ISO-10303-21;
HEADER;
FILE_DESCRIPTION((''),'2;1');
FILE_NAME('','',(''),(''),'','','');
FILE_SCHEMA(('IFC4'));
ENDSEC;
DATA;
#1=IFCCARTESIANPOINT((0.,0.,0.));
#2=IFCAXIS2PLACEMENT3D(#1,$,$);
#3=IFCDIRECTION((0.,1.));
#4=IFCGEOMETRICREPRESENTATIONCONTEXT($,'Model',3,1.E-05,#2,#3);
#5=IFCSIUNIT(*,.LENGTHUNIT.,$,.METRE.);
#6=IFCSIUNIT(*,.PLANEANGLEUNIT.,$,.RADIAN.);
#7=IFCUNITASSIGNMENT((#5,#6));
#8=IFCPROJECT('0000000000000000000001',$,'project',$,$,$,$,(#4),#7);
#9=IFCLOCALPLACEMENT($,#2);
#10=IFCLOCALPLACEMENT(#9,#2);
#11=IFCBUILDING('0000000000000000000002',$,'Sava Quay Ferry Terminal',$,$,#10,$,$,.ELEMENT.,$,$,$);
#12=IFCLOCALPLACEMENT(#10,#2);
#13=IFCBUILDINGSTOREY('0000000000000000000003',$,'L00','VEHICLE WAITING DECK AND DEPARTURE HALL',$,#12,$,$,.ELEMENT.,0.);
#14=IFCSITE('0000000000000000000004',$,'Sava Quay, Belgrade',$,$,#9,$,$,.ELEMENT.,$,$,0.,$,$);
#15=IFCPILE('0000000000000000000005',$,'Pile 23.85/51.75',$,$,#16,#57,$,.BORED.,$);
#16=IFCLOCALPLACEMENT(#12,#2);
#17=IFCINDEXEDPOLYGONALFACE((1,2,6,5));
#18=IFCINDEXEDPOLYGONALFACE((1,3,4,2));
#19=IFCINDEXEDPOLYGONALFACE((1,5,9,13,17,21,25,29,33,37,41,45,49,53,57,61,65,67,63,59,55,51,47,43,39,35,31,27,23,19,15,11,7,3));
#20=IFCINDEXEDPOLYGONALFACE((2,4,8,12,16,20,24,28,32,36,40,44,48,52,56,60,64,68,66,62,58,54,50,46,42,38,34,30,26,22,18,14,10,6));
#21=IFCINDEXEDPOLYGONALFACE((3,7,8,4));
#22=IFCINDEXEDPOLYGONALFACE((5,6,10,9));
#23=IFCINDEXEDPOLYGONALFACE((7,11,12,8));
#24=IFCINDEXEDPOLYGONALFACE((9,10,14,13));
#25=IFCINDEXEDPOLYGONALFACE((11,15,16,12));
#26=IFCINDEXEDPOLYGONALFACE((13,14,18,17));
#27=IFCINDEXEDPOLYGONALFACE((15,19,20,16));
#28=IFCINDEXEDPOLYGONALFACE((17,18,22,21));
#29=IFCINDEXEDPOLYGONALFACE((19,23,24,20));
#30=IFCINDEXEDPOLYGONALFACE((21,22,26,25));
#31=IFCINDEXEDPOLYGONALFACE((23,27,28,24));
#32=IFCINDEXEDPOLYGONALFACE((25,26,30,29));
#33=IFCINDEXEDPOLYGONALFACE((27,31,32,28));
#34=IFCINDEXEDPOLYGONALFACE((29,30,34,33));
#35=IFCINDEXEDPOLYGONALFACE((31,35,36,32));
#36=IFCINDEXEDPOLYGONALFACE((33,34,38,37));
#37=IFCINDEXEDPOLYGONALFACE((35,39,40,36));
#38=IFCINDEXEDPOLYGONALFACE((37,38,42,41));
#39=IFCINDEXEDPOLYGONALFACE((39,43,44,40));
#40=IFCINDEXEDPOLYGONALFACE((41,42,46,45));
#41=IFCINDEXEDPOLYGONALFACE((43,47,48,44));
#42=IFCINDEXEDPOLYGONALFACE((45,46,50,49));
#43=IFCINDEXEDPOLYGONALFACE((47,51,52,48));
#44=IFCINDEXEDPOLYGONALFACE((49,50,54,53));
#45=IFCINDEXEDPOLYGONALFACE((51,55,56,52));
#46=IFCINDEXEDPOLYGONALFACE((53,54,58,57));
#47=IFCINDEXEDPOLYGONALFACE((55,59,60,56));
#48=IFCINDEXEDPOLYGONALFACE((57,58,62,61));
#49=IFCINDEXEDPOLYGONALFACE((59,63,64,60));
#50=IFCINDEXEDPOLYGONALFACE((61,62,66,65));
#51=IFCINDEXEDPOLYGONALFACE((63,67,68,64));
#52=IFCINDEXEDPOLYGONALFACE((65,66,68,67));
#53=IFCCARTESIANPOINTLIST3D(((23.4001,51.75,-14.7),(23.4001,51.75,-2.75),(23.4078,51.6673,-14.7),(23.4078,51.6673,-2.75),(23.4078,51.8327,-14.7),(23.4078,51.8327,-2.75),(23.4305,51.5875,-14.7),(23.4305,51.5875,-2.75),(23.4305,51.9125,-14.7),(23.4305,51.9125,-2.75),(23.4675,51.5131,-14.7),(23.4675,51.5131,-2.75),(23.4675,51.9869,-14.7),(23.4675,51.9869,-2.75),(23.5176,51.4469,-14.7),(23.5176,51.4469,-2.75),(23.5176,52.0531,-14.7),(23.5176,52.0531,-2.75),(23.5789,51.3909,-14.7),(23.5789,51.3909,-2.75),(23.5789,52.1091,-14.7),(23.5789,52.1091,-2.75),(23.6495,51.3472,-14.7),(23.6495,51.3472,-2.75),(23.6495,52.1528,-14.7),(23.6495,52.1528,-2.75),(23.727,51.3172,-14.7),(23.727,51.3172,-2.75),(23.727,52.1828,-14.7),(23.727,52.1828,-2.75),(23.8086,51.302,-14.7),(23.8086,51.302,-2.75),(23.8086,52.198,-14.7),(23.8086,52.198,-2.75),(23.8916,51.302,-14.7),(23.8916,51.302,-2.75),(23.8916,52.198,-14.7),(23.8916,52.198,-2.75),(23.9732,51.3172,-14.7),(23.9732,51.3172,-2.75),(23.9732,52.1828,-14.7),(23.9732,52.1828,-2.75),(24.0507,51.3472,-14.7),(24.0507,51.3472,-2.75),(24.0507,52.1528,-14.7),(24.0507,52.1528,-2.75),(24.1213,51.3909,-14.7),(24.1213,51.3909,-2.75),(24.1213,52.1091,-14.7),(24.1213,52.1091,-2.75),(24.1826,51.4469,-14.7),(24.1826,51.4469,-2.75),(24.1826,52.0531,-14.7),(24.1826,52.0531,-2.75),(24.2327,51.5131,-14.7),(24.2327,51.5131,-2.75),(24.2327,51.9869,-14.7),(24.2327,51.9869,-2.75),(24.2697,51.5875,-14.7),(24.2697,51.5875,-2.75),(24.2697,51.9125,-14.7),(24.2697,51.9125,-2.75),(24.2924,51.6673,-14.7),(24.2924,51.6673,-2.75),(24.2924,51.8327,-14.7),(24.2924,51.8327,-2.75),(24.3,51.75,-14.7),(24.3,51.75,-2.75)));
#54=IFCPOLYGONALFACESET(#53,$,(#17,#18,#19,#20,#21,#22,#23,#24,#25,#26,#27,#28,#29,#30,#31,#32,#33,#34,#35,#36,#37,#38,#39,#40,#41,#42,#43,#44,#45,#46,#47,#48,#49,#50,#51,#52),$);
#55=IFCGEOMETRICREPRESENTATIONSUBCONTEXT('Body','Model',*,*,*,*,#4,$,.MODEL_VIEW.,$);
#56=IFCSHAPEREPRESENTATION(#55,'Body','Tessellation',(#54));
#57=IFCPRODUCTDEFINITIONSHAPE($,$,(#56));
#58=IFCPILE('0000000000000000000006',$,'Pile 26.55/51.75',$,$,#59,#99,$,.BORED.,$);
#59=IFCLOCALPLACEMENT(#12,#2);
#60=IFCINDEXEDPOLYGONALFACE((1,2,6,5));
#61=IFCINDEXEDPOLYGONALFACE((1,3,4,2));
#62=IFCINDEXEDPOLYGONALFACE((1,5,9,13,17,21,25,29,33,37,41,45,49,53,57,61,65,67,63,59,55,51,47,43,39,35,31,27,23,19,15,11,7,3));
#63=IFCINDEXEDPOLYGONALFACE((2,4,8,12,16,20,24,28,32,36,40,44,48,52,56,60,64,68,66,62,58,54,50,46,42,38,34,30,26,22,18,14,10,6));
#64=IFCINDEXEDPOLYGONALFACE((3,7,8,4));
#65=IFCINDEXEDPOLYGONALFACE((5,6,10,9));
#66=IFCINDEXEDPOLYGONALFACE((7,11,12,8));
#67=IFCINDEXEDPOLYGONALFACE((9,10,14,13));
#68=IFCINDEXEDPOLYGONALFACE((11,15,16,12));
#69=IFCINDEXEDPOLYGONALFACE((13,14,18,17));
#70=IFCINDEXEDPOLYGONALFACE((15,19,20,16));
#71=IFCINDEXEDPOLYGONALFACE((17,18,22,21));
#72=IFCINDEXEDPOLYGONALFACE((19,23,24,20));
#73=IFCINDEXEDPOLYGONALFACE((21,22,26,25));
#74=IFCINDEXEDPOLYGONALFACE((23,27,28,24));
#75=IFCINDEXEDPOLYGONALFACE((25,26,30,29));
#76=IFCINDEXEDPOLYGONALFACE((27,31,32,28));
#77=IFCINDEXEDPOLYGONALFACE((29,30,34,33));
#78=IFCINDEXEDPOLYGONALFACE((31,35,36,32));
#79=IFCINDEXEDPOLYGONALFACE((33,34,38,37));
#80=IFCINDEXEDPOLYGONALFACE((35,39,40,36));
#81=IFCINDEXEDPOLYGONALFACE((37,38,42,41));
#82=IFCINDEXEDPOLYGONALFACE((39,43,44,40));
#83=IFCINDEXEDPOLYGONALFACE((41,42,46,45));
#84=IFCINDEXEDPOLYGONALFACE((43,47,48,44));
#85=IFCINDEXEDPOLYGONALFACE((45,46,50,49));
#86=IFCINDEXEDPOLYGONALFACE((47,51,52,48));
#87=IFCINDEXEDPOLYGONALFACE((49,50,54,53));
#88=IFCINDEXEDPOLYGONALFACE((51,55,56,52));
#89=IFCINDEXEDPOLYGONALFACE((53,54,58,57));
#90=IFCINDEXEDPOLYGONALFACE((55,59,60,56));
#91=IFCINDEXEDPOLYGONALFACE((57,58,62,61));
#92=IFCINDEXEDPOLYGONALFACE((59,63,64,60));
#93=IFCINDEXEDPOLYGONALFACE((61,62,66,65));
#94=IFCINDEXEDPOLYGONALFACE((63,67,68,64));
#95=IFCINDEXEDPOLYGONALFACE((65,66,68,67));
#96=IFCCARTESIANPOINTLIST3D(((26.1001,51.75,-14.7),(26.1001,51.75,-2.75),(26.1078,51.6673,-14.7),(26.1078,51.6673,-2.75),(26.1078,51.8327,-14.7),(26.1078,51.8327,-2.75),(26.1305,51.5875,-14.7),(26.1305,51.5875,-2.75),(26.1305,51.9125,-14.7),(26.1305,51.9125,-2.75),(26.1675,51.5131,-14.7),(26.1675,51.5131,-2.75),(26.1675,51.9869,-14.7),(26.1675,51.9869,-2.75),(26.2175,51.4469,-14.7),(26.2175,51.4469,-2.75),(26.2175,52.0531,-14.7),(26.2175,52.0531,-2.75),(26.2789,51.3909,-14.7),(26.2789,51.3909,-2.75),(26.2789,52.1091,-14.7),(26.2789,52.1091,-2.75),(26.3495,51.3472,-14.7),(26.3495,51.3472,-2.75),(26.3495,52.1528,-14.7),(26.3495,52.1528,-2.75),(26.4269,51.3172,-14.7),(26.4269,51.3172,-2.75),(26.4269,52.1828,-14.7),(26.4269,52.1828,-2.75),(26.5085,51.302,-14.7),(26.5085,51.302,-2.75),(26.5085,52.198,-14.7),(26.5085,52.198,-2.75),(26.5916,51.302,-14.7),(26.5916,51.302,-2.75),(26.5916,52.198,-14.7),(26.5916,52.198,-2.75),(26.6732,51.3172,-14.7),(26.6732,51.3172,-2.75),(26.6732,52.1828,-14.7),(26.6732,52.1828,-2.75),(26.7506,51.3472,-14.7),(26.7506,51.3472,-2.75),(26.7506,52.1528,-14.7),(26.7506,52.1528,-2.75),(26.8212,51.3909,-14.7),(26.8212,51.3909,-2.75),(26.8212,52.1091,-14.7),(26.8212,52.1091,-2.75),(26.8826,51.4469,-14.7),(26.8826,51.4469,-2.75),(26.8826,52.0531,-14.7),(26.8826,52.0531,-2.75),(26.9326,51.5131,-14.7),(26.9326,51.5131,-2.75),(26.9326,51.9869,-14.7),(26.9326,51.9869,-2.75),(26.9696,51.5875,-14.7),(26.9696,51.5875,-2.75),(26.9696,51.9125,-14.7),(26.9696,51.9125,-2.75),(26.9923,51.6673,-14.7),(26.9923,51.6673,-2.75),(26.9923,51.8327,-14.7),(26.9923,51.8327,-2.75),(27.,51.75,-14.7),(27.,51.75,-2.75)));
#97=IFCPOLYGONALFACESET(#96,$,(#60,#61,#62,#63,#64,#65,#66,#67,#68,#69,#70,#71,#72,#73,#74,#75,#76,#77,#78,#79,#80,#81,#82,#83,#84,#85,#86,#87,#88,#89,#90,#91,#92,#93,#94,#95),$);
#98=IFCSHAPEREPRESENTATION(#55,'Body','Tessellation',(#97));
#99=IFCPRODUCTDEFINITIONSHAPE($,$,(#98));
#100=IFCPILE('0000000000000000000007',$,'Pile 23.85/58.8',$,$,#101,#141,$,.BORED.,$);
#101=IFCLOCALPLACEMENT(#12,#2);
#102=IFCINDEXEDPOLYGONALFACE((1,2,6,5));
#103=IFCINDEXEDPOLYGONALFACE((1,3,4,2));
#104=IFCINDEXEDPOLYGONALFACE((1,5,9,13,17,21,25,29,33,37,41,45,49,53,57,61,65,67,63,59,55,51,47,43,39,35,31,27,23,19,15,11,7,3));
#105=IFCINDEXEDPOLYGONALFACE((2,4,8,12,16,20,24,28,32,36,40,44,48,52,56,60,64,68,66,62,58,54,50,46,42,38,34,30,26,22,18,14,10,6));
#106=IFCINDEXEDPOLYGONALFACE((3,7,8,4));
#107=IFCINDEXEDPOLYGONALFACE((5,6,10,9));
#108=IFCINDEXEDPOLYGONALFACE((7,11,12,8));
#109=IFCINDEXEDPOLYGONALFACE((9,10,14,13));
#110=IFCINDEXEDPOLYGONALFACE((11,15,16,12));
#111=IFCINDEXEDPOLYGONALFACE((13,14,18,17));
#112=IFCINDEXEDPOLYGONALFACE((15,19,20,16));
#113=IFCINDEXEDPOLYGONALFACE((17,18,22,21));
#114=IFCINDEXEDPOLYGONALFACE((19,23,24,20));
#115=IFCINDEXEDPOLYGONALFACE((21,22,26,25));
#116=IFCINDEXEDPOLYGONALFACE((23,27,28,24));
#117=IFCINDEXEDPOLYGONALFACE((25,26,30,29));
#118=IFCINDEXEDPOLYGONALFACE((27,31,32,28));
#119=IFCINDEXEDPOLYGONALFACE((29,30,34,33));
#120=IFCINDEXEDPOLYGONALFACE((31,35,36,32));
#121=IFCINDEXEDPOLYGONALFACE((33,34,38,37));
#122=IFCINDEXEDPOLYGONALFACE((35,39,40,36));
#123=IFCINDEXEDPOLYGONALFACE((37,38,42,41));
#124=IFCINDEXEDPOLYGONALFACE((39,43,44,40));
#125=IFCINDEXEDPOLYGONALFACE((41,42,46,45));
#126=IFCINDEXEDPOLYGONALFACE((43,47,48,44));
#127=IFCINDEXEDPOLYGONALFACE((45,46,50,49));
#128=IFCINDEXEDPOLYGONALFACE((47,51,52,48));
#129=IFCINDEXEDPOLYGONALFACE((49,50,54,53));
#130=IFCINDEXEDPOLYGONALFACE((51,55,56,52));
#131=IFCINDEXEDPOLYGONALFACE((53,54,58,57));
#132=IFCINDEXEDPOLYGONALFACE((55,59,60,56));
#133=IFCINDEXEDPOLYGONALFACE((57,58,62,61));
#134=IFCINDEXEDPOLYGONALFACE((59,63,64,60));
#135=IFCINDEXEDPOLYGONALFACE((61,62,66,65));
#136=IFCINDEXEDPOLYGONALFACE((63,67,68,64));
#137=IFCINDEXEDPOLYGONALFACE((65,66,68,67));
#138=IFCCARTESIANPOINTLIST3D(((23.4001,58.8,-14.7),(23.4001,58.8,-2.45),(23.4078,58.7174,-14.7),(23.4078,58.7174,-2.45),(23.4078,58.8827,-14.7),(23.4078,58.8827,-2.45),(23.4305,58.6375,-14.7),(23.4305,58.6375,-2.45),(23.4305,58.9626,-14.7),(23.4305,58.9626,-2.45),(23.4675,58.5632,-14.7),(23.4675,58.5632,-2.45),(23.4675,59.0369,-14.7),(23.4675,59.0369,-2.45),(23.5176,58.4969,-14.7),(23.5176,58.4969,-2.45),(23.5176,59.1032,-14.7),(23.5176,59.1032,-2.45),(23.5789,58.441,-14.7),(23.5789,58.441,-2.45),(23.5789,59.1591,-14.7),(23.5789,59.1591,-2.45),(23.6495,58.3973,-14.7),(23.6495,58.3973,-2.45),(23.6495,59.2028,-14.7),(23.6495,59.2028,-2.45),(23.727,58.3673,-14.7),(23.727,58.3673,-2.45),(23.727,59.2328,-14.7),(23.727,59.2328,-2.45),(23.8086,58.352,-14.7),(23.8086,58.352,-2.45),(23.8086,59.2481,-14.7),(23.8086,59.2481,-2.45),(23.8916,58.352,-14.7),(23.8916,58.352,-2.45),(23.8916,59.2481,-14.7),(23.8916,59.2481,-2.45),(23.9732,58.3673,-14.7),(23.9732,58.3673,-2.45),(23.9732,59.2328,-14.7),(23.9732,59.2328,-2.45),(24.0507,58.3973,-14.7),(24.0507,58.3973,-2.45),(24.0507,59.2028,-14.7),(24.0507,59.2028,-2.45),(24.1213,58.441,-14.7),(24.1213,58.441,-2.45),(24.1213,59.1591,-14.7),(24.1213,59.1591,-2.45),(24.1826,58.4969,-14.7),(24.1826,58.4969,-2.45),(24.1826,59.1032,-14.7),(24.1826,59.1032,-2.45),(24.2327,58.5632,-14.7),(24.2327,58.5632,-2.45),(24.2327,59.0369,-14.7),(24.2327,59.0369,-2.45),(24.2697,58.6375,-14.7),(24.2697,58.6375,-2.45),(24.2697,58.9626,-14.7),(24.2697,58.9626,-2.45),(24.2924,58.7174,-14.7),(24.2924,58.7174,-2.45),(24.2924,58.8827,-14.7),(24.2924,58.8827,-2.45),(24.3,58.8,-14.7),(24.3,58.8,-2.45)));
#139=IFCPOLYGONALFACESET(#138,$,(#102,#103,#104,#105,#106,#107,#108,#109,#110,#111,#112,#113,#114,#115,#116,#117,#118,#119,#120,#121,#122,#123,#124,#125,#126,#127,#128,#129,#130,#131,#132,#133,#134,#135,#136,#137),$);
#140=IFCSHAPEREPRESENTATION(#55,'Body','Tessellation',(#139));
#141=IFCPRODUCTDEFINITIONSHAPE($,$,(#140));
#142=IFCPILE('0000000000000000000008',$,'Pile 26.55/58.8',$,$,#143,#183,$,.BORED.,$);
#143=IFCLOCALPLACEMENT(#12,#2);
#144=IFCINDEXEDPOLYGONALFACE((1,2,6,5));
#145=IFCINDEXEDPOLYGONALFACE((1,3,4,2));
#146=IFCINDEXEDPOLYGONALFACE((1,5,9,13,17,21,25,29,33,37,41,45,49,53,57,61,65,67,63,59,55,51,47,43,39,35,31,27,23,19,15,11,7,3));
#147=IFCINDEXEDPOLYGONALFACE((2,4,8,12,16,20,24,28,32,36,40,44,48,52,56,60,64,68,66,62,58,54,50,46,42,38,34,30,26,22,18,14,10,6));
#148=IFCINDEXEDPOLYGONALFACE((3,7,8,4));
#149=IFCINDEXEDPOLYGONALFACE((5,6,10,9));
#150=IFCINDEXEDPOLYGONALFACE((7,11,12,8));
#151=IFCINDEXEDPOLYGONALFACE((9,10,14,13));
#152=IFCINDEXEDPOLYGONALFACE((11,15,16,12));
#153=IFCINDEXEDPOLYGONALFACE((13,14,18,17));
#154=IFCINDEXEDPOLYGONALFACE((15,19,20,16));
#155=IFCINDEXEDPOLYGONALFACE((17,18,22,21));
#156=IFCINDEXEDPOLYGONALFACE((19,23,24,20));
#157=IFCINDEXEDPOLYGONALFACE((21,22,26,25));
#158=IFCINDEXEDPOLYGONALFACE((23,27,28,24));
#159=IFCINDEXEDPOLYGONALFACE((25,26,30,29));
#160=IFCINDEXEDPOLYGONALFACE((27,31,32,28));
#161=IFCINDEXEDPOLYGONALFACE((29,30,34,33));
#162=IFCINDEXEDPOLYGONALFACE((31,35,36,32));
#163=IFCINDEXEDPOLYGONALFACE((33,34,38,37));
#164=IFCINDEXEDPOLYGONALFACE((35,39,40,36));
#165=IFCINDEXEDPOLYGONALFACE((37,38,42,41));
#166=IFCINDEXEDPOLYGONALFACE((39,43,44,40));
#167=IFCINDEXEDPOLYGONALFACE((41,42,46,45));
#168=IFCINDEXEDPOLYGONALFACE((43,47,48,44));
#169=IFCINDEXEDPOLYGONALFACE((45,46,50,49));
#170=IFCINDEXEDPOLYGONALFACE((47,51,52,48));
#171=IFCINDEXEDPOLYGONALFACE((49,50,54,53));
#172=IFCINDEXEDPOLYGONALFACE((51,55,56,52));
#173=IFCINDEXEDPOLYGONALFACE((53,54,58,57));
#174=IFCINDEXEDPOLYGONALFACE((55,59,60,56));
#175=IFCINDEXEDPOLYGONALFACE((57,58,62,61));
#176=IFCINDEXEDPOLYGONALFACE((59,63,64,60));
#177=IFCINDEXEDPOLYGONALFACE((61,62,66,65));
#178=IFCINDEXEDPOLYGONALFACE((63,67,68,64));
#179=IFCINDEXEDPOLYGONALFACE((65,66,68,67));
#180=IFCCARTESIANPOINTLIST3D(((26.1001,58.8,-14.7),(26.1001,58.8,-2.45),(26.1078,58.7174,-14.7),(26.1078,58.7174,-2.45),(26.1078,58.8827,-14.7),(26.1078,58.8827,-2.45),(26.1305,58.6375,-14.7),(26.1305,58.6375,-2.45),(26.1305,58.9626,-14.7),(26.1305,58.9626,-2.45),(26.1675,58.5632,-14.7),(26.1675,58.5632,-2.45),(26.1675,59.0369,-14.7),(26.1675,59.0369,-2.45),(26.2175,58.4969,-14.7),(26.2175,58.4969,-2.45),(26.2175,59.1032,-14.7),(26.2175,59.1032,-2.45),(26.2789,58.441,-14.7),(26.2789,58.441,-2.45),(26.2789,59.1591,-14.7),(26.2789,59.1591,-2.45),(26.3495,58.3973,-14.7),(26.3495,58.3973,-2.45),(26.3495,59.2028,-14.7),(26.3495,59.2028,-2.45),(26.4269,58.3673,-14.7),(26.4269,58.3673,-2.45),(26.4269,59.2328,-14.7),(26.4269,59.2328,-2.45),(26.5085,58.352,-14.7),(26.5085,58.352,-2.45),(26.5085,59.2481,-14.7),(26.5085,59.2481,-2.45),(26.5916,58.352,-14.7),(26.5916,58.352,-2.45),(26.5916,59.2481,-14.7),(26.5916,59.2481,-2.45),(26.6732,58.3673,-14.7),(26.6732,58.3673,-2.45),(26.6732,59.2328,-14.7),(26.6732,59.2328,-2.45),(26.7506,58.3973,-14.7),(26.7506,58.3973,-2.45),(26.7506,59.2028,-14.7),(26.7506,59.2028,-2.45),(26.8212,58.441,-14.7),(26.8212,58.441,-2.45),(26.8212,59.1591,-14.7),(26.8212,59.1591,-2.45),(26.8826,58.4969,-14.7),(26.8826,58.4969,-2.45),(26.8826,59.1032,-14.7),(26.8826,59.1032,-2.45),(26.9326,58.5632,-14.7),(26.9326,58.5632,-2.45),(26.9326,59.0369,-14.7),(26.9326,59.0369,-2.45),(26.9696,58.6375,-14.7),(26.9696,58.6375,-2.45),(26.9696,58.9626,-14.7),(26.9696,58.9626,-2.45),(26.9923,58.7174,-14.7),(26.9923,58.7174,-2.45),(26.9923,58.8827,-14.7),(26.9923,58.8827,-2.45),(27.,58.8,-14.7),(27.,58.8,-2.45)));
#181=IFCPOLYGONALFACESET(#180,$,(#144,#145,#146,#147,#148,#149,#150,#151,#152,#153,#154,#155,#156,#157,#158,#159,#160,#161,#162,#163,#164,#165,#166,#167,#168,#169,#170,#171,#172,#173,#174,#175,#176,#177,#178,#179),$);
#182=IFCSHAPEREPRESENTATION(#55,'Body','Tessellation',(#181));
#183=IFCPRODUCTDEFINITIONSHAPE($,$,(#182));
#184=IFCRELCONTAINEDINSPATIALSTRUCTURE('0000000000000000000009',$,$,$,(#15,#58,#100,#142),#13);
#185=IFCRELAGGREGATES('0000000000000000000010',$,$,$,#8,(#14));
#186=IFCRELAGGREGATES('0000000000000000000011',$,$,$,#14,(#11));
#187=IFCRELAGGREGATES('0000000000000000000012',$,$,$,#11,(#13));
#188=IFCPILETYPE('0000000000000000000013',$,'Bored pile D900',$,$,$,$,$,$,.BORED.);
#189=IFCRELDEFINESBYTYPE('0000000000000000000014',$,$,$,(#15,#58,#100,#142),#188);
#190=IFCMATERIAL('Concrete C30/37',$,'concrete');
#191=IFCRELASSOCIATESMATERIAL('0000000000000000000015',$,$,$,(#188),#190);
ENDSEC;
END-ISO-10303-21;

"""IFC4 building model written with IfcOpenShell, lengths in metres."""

from ifc_helpers import new_model, si_unit, direction, frame, origin, origin_2d, place, context, subcontext, project, spatial, circle, extrude, material, material_profile, profile_set, type_object, element, save


model = new_model("IFC4")

# Units and contexts
model_context = context("Model", 3, precision=1e-05, world=origin(), true_north=direction((0.0, 1.0)))
body_context = subcontext(model_context, "Body", "Model", "MODEL_VIEW")
ifc_project = project(units=[si_unit("LENGTHUNIT", "METRE"), si_unit("PLANEANGLEUNIT", "RADIAN")], contexts=[model_context])

# Site, building, storey
site_placement = place(None, origin())
site = spatial("IfcSite", under=ifc_project, at=site_placement, Name="Sava Quay, Belgrade", CompositionType="ELEMENT", RefElevation=0.0)
building_placement = place(site_placement, origin())
building = spatial("IfcBuilding", under=site, at=building_placement, Name="Sava Quay Ferry Terminal", CompositionType="ELEMENT")
storey_placement = place(building_placement, origin())
storey = spatial("IfcBuildingStorey", under=building, at=storey_placement, Name="L00", Description="VEHICLE WAITING DECK AND DEPARTURE HALL", CompositionType="ELEMENT", Elevation=0.0)

# Piles
ifc_material_1 = material(Name="Concrete C30/37", Category="concrete")
ifc_material_profile_1 = material_profile(ifc_material_1, circle(Radius=0.45, at=origin_2d()), Name="Bored pile D900")
ifc_profile_set_1 = profile_set([ifc_material_profile_1], Name="Concrete C30/37")
pile_type = type_object("IfcPileType", Name="Bored pile D900", PredefinedType="BORED", material=ifc_profile_set_1)
for number, where, z_axis, x_axis, name in (
    (1, (23.8501, 51.75, -2.75), (0.0, 0.0, -1.0), (1.0, 0.0, 0.0), "Pile 23.85/51.75"),
    (2, (26.55, 51.75, -2.75), (0.0, 0.0, -1.0), (1.0, 0.0, 0.0), "Pile 26.55/51.75"),
):
    element("IfcPile", number, at=place(storey_placement, frame(where, z_axis=z_axis, x_axis=x_axis)), inside=storey, type_object=pile_type, Name=name, PredefinedType="BORED", context=body_context, shape_type="SweptSolid", body=[
        extrude(circle(Radius=0.45, at=origin_2d()), origin(), (0.0, 0.0, 1.0), 11.95),
    ])
for number, where, z_axis, x_axis, name in (
    (3, (23.8501, 58.8, -2.45), (0.0, 0.0, -1.0), (1.0, 0.0, 0.0), "Pile 23.85/58.8"),
    (4, (26.55, 58.8, -2.45), (0.0, 0.0, -1.0), (1.0, 0.0, 0.0), "Pile 26.55/58.8"),
):
    element("IfcPile", number, at=place(storey_placement, frame(where, z_axis=z_axis, x_axis=x_axis)), inside=storey, type_object=pile_type, Name=name, PredefinedType="BORED", context=body_context, shape_type="SweptSolid", body=[
        extrude(circle(Radius=0.45, at=origin_2d()), origin(), (0.0, 0.0, 1.0), 12.25),
    ])

save(model, "model.ifc")
